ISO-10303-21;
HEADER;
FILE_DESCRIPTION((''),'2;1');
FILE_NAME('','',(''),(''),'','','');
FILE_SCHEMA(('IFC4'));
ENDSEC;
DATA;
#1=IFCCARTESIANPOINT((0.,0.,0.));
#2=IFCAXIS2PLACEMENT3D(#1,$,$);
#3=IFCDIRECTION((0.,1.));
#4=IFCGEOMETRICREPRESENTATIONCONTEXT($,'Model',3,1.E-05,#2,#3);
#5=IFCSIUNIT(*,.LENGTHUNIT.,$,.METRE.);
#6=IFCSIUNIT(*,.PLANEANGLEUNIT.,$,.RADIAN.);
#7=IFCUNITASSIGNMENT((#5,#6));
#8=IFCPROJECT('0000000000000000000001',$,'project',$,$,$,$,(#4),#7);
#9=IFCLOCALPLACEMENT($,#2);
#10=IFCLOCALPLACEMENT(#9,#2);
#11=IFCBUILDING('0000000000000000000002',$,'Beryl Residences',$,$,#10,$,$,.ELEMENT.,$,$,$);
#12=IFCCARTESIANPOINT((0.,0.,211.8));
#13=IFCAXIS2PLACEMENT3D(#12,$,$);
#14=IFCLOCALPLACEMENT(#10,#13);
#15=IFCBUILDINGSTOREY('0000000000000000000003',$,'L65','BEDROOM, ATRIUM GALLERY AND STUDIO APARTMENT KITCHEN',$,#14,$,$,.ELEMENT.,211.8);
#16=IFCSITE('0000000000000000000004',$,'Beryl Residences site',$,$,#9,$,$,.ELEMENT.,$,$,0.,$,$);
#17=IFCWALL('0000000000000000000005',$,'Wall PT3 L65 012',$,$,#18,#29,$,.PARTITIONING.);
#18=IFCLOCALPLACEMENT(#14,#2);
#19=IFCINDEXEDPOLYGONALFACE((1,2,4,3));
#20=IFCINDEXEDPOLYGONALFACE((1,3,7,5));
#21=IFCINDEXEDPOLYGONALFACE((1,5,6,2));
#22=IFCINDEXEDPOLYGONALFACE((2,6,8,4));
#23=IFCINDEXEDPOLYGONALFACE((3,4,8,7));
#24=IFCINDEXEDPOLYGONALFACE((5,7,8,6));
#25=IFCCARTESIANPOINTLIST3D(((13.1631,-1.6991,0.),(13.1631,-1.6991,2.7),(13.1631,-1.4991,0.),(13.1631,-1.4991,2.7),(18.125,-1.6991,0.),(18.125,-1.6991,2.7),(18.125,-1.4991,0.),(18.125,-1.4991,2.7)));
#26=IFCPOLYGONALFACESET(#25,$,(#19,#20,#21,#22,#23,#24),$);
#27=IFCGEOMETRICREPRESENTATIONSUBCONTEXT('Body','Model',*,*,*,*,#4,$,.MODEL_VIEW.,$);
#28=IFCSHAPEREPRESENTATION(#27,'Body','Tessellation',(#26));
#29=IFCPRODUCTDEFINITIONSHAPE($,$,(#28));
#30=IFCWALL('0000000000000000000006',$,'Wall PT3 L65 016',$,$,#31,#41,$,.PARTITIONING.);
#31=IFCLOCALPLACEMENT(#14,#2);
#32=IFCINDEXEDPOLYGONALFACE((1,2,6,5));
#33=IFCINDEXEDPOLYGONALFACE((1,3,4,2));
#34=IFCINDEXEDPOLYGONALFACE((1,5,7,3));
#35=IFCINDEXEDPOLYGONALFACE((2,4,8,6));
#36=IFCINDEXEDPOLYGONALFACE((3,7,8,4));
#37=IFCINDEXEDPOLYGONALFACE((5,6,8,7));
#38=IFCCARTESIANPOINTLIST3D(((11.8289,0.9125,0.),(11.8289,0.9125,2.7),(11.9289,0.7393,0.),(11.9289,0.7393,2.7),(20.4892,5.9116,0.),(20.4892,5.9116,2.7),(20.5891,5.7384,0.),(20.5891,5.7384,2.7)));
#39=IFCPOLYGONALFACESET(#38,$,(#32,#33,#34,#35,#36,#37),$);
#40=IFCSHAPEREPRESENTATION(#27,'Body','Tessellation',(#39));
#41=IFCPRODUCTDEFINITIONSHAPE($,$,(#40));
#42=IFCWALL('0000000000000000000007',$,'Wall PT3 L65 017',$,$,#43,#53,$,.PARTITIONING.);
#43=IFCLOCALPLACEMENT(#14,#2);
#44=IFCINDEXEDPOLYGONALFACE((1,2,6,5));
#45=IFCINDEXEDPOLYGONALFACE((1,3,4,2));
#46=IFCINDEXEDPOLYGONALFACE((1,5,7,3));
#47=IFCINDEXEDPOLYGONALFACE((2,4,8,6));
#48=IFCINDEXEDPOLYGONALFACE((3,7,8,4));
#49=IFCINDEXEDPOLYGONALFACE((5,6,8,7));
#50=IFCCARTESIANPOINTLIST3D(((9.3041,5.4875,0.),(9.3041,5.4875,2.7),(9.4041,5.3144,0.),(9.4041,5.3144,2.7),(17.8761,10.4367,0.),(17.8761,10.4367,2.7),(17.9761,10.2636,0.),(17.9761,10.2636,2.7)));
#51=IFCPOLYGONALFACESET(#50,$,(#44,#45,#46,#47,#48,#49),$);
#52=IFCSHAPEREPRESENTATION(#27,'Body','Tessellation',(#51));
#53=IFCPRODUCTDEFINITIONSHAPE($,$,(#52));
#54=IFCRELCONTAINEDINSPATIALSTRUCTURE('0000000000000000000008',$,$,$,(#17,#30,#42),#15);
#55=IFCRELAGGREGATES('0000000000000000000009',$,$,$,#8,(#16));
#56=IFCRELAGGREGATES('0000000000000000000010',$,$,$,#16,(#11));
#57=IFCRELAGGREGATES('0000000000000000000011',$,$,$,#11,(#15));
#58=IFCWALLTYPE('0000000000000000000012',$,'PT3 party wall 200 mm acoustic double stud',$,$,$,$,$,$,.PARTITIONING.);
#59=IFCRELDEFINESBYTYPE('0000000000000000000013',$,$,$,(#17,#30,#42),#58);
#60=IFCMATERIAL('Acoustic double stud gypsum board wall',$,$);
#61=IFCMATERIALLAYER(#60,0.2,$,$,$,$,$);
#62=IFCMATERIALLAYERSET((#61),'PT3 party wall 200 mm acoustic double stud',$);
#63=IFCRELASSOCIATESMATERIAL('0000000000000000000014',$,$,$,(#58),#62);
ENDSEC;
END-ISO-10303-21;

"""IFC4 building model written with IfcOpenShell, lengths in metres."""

from ifc_helpers import new_model, si_unit, direction, frame, frame_2d, origin, place, context, subcontext, project, spatial, rectangle, extrude, material, layer, layer_set, type_object, element, save


model = new_model("IFC4")

# Units and contexts
model_context = context("Model", 3, precision=1e-05, world=origin(), true_north=direction((0.0, 1.0)))
body_context = subcontext(model_context, "Body", "Model", "MODEL_VIEW")
ifc_project = project(units=[si_unit("LENGTHUNIT", "METRE"), si_unit("PLANEANGLEUNIT", "RADIAN")], contexts=[model_context])

# Site, building, storey
site_placement = place(None, origin())
site = spatial("IfcSite", under=ifc_project, at=site_placement, Name="Beryl Residences site", CompositionType="ELEMENT", RefElevation=0.0)
building_placement = place(site_placement, origin())
building = spatial("IfcBuilding", under=site, at=building_placement, Name="Beryl Residences", CompositionType="ELEMENT")
storey_placement = place(building_placement, frame((0.0, 0.0, 211.8)))
storey = spatial("IfcBuildingStorey", under=building, at=storey_placement, Name="L65", Description="BEDROOM, ATRIUM GALLERY AND STUDIO APARTMENT KITCHEN", CompositionType="ELEMENT", Elevation=211.8)

# Walls
ifc_material_1 = material(Name="Acoustic double stud gypsum board wall")
ifc_layer_1 = layer(ifc_material_1, 0.2)
ifc_layer_set_1 = layer_set([ifc_layer_1], Name="PT3 party wall 200 mm acoustic double stud")
wall_type_1 = type_object("IfcWallType", Name="PT3 party wall 200 mm acoustic double stud", PredefinedType="PARTITIONING", material=ifc_layer_set_1)
wall_1_placement = place(storey_placement, frame((13.1631, -1.5991, 0.0), z_axis=(0.0, 0.0, 1.0), x_axis=(1.0, 0.0, 0.0)))
element("IfcWall", 1, at=wall_1_placement, inside=storey, type_object=wall_type_1, Name="Wall PT3 L65 012", PredefinedType="PARTITIONING", context=body_context, shape_type="SweptSolid", body=[
    extrude(rectangle(XDim=4.9619, YDim=0.2, at=frame_2d((2.481, 0.0))), origin(), (0.0, 0.0, 1.0), 2.7),
])
wall_2_placement = place(storey_placement, frame((11.8789, 0.8259, 0.0), z_axis=(0.0, 0.0, 1.0), x_axis=(0.866065, 0.499931, 0.0)))
element("IfcWall", 2, at=wall_2_placement, inside=storey, type_object=wall_type_1, Name="Wall PT3 L65 016", PredefinedType="PARTITIONING", context=body_context, shape_type="SweptSolid", body=[
    extrude(rectangle(XDim=9.9995, YDim=0.2, at=frame_2d((4.9998, 0.0))), origin(), (0.0, 0.0, 1.0), 2.7),
])
wall_3_placement = place(storey_placement, frame((9.354, 5.4009, 0.0), z_axis=(0.0, 0.0, 1.0), x_axis=(0.866018, 0.500012, 0.0)))
element("IfcWall", 3, at=wall_3_placement, inside=storey, type_object=wall_type_1, Name="Wall PT3 L65 017", PredefinedType="PARTITIONING", context=body_context, shape_type="SweptSolid", body=[
    extrude(rectangle(XDim=9.8982, YDim=0.2, at=frame_2d((4.9492, 0.0))), origin(), (0.0, 0.0, 1.0), 2.7),
])

save(model, "model.ifc")
